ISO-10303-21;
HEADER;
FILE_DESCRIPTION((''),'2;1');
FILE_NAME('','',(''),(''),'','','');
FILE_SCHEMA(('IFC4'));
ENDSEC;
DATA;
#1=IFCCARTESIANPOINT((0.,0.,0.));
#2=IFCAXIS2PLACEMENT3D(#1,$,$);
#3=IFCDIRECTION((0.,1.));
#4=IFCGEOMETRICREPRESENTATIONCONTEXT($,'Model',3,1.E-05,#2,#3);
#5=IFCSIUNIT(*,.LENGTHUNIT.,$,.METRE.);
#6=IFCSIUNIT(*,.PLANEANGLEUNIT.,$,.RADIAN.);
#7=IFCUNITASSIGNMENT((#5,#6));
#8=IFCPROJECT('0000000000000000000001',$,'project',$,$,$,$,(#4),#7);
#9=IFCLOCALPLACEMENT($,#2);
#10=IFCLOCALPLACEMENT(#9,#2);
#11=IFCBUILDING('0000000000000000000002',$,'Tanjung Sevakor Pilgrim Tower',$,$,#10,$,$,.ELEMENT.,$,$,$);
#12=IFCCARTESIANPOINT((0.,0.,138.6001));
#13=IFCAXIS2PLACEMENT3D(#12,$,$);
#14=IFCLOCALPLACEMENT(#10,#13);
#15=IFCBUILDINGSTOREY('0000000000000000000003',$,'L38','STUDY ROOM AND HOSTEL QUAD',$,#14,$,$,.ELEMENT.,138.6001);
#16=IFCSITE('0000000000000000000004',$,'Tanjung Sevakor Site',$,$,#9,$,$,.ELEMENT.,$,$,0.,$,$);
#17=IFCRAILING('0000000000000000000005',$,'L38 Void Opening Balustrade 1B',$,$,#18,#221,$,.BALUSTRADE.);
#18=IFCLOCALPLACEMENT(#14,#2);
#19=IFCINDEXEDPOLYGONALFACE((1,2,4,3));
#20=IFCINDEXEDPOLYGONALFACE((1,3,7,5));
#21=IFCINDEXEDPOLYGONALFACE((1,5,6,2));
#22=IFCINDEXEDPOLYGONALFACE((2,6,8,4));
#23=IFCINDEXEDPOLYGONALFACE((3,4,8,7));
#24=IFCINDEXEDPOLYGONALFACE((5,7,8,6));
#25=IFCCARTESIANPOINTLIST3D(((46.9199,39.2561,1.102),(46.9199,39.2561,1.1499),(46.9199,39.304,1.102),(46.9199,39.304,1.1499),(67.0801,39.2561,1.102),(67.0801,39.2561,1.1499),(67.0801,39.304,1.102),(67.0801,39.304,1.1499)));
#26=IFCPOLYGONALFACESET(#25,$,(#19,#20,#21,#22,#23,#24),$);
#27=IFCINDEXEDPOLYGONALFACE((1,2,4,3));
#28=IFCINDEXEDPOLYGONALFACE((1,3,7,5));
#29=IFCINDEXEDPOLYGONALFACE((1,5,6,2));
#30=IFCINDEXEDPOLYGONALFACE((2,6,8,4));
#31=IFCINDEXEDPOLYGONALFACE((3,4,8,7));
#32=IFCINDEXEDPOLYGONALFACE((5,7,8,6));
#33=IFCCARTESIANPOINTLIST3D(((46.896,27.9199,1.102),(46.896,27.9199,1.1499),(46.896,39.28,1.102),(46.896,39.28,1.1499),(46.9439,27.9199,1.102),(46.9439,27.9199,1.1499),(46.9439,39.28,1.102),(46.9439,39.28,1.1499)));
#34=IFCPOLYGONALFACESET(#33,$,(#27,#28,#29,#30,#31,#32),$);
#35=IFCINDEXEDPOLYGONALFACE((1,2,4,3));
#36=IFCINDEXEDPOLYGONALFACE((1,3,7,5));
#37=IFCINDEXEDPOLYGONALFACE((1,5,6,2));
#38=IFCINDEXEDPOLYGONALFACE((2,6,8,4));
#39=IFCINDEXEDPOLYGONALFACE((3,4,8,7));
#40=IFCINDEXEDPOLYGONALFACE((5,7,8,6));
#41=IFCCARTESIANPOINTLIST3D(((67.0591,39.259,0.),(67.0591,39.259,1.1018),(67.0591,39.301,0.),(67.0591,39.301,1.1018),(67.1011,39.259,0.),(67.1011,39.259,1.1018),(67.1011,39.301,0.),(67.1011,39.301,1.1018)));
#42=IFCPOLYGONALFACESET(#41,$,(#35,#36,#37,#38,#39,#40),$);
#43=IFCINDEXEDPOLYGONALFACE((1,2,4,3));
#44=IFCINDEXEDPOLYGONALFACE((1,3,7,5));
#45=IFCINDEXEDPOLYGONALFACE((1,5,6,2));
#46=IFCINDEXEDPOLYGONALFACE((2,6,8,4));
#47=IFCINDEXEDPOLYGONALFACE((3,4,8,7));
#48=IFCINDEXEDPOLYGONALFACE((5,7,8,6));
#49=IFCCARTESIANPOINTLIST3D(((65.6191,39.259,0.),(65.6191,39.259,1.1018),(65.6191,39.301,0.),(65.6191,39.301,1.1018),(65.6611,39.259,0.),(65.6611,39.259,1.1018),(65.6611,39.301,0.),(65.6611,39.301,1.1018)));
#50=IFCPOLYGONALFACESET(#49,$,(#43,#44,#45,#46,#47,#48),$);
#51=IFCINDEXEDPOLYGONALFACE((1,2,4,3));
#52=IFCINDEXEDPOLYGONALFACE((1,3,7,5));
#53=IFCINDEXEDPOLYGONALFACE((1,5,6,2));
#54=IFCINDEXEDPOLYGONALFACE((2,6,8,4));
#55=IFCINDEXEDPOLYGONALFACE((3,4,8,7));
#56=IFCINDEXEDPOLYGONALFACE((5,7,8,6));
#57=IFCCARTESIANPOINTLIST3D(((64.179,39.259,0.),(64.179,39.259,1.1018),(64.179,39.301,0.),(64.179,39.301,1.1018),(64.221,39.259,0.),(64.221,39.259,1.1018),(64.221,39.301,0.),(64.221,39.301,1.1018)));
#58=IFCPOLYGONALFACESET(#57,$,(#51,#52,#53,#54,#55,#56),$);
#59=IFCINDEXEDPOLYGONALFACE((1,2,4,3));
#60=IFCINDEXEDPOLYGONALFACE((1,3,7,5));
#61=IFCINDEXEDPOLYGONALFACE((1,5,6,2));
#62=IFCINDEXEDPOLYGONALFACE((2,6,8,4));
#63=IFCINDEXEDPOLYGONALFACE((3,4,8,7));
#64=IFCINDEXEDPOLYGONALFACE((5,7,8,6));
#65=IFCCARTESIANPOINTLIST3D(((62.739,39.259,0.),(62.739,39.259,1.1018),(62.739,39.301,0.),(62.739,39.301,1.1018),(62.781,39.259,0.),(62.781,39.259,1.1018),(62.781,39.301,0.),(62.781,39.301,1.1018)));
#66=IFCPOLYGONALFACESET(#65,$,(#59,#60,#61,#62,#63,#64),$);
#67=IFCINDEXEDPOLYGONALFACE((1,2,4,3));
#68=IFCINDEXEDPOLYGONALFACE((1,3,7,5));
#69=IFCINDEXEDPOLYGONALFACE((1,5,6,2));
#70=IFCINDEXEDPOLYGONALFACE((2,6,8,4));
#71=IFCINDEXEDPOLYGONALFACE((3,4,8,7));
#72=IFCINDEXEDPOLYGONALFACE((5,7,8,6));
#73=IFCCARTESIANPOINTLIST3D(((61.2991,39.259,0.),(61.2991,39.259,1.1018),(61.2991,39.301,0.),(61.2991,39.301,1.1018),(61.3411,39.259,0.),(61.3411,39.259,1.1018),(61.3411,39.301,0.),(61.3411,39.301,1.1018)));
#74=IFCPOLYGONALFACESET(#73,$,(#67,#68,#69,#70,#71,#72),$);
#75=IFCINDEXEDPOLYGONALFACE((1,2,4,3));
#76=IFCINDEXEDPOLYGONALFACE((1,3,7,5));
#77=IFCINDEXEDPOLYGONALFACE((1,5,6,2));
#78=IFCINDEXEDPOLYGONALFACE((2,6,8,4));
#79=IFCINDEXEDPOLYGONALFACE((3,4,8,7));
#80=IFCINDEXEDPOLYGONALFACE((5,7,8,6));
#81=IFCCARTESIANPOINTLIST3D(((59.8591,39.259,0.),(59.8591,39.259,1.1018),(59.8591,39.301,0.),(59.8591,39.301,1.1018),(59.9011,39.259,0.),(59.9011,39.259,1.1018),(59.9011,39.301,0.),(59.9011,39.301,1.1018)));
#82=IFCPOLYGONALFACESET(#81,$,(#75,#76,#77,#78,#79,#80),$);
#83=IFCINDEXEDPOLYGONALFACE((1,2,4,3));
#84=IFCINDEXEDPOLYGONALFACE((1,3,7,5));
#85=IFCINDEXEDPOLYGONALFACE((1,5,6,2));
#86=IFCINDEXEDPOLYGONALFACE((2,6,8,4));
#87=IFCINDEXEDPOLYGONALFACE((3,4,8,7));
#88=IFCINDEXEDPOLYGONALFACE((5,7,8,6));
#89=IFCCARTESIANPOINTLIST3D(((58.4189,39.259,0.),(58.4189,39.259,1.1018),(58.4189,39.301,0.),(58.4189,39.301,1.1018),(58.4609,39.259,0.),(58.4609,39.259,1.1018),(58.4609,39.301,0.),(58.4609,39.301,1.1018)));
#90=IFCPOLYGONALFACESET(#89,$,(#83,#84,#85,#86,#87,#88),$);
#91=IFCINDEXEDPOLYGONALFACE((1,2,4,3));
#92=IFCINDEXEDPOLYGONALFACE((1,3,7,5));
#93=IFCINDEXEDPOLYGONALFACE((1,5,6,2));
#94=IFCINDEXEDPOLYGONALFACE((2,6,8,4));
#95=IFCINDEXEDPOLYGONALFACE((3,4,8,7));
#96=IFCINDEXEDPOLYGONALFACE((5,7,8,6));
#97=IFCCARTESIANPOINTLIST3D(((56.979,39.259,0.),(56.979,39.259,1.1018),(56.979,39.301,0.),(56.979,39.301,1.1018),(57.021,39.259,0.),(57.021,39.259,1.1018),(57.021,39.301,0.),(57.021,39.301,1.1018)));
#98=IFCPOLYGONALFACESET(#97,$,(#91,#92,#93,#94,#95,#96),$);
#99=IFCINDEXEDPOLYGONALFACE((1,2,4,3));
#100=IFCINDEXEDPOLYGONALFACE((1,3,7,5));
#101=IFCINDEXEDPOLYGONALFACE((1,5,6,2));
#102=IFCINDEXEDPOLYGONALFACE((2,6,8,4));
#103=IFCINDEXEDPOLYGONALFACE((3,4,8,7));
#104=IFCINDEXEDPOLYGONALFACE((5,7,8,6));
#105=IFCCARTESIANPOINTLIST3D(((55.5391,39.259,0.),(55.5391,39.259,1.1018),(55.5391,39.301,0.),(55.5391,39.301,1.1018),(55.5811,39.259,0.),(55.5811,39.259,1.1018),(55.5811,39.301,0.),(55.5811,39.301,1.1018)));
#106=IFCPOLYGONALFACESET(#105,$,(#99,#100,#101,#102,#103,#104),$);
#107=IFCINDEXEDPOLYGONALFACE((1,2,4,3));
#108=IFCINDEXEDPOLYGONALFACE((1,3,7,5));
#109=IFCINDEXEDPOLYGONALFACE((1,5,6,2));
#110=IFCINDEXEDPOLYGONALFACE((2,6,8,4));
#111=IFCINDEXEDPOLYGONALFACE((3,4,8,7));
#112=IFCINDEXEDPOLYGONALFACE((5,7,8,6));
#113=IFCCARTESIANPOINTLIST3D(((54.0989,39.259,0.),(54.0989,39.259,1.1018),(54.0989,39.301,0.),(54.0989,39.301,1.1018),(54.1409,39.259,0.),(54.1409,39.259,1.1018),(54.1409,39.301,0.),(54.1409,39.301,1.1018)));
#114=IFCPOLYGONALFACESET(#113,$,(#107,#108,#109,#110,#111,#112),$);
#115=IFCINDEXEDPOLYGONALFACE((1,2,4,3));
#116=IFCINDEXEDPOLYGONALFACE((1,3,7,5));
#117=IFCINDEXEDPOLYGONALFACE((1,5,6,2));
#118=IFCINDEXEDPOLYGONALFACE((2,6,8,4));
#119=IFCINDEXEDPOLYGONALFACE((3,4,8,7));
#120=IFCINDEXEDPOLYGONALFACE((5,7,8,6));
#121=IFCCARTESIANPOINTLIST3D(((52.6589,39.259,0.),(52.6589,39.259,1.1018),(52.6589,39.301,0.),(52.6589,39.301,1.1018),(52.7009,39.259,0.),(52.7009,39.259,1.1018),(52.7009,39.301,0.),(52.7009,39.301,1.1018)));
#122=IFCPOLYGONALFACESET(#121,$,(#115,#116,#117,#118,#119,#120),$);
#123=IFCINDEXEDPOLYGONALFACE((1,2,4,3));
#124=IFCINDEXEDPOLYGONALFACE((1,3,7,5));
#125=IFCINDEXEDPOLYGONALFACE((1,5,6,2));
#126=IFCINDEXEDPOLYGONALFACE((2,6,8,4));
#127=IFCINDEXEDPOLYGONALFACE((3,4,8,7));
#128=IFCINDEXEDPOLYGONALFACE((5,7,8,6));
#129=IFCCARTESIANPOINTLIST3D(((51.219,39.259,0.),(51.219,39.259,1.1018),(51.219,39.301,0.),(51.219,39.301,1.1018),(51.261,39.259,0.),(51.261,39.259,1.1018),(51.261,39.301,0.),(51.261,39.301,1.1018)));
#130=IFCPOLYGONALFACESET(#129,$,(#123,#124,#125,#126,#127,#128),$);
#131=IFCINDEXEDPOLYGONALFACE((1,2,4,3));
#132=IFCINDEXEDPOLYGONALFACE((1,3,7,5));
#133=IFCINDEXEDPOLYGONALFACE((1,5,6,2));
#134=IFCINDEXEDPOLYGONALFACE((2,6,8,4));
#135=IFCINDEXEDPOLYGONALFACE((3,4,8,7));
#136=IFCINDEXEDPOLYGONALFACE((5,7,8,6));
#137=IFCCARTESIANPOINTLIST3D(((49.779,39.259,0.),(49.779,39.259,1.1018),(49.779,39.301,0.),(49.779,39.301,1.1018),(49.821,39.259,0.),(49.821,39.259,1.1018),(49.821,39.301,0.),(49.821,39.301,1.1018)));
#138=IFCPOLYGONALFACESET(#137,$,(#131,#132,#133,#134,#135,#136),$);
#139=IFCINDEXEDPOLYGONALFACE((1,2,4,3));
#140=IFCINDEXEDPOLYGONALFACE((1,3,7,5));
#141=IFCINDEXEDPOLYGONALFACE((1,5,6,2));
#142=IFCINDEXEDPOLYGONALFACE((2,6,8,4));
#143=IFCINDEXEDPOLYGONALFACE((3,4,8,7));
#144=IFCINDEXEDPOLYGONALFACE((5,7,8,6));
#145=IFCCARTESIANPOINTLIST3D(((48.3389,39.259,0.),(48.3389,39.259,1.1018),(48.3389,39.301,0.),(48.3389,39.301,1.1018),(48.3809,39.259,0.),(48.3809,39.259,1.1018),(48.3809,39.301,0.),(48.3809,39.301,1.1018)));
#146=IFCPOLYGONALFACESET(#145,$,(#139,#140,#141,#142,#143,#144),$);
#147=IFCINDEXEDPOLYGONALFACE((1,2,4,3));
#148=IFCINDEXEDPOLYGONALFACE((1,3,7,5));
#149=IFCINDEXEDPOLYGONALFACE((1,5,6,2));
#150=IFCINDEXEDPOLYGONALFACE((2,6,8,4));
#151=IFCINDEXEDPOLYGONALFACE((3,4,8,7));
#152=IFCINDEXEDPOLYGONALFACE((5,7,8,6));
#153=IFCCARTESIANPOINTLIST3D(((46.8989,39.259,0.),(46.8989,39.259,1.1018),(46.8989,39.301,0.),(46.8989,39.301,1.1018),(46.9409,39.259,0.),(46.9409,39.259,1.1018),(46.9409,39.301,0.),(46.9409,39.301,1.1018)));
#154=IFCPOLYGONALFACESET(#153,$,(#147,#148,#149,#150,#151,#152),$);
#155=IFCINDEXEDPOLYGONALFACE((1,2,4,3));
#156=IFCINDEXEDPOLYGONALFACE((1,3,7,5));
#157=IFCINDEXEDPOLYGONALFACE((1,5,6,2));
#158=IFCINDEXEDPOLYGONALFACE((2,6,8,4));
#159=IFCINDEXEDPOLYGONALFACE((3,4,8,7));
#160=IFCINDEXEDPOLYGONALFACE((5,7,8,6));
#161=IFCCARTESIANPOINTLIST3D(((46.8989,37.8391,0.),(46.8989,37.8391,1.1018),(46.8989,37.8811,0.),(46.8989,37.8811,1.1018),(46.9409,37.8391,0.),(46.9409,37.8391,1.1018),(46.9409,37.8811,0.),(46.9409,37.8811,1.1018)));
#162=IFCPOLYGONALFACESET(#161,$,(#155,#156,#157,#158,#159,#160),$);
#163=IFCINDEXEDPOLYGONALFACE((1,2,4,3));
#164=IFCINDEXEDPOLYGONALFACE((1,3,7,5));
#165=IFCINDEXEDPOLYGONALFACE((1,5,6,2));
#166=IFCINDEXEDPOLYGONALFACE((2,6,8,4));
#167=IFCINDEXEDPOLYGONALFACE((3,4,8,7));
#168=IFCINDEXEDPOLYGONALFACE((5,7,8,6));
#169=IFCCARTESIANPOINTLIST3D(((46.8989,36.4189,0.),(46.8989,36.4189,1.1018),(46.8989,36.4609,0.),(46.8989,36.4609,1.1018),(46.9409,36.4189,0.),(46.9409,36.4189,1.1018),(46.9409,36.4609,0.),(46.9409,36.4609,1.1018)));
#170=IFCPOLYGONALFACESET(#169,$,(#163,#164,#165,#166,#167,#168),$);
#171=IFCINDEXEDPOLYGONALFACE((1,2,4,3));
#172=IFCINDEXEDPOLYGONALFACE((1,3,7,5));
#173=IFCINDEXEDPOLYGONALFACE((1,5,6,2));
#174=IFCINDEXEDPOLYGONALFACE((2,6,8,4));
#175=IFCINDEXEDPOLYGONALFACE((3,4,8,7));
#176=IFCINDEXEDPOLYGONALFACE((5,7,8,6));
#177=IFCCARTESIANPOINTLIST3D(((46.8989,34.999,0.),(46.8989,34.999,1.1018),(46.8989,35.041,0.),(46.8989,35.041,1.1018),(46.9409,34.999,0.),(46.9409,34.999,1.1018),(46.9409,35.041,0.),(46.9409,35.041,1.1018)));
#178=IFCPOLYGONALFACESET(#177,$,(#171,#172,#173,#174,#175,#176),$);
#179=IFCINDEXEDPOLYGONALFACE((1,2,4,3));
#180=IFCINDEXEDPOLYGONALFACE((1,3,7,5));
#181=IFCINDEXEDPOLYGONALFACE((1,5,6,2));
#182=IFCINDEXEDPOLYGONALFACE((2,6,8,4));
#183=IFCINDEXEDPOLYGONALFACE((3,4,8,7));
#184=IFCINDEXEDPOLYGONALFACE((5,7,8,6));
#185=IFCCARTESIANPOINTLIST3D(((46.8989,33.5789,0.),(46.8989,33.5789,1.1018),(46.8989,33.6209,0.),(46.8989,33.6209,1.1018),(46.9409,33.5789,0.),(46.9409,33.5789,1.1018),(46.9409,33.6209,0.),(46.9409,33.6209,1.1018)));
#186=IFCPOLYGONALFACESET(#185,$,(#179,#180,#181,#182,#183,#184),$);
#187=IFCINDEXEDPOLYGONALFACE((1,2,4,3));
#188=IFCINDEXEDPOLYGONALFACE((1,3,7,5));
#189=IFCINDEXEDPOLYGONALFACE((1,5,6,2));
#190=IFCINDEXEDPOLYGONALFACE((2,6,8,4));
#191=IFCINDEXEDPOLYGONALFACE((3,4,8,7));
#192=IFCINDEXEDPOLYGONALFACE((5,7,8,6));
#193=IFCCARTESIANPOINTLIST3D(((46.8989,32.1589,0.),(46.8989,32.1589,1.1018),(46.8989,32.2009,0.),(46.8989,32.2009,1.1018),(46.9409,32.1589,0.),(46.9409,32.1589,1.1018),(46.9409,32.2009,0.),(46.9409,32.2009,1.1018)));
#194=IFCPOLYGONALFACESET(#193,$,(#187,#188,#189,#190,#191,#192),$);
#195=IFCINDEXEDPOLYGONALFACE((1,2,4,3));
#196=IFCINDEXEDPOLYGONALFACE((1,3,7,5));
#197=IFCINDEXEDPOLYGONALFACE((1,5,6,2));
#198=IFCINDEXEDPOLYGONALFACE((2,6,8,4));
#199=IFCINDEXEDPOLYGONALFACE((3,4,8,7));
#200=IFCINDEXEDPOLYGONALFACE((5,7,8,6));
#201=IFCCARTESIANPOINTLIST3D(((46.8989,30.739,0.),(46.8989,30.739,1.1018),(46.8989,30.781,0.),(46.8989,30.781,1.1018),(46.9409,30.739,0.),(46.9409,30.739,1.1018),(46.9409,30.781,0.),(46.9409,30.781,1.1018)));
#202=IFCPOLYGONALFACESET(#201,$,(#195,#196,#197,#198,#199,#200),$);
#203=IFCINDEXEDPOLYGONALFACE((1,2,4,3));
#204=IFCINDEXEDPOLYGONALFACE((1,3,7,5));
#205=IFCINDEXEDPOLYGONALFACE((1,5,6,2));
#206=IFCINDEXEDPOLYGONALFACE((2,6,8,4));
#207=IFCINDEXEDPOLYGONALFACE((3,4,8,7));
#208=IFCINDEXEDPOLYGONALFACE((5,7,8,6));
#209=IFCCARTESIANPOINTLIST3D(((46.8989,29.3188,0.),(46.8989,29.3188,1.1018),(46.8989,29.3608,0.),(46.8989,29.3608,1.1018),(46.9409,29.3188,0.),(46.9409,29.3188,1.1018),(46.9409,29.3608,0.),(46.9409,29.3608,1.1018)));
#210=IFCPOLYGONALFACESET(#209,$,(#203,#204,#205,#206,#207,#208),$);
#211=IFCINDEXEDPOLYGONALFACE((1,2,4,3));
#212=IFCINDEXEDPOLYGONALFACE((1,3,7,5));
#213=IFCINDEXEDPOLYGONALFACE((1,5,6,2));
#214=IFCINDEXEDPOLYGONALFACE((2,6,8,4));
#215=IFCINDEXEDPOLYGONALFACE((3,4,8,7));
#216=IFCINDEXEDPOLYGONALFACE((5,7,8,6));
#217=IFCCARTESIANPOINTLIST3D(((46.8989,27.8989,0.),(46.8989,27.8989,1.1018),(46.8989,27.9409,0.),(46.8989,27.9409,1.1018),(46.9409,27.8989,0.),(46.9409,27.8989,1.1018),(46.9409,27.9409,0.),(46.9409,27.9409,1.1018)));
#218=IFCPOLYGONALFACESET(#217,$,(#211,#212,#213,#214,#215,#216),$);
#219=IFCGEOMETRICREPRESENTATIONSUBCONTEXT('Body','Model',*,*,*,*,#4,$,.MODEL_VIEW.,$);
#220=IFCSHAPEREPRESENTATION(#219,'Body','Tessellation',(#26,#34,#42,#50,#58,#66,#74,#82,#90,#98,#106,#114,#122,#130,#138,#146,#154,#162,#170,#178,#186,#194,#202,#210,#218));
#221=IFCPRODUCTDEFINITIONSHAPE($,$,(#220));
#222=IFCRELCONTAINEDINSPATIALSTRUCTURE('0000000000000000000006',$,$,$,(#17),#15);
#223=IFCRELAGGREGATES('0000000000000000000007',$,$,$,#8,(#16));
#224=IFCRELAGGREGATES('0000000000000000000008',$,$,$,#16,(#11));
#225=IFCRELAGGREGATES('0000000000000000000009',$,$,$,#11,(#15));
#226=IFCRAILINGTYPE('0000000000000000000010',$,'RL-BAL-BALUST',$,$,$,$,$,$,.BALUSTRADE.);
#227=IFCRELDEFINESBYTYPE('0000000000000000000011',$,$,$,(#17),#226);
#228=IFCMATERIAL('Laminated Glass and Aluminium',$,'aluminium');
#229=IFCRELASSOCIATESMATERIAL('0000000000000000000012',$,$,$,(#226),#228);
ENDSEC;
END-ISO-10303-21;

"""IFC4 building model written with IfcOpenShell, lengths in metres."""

from ifc_helpers import new_model, si_unit, direction, frame, origin, place, context, subcontext, project, spatial, rectangle, extrude, material, type_object, element, save


model = new_model("IFC4")

# Units and contexts
model_context = context("Model", 3, precision=1e-05, world=origin(), true_north=direction((0.0, 1.0)))
body_context = subcontext(model_context, "Body", "Model", "MODEL_VIEW")
ifc_project = project(units=[si_unit("LENGTHUNIT", "METRE"), si_unit("PLANEANGLEUNIT", "RADIAN")], contexts=[model_context])

# Site, building, storey
site_placement = place(None, origin())
site = spatial("IfcSite", under=ifc_project, at=site_placement, Name="Tanjung Sevakor Site", CompositionType="ELEMENT", RefElevation=0.0)
building_placement = place(site_placement, origin())
building = spatial("IfcBuilding", under=site, at=building_placement, Name="Tanjung Sevakor Pilgrim Tower", CompositionType="ELEMENT")
storey_placement = place(building_placement, frame((0.0, 0.0, 138.6001)))
storey = spatial("IfcBuildingStorey", under=building, at=storey_placement, Name="L38", Description="STUDY ROOM AND HOSTEL QUAD", CompositionType="ELEMENT", Elevation=138.6001)

# Railing
ifc_material_1 = material(Name="Laminated Glass and Aluminium", Category="aluminium")
railing_type = type_object("IfcRailingType", Name="RL-BAL-BALUST", PredefinedType="BALUSTRADE", material=ifc_material_1)
railing_1_placement = place(storey_placement, frame((67.0801, 39.28, 0.0)))
element("IfcRailing", 1, at=railing_1_placement, inside=storey, type_object=railing_type, Name="L38 Void Opening Balustrade 1B", PredefinedType="BALUSTRADE", context=body_context, shape_type="SweptSolid", body=[
    extrude(rectangle(XDim=0.0479, YDim=0.0479), frame((0.0, 0.0, 1.126), z_axis=(-1.0, 0.0, 0.0), x_axis=(0.0, -1.0, 0.0)), (0.0, 0.0, 1.0), 20.1602),
    extrude(rectangle(XDim=0.0479, YDim=0.0479), frame((-20.1602, 0.0, 1.126), z_axis=(0.0, -1.0, 0.0), x_axis=(1.0, 0.0, 0.0)), (0.0, 0.0, 1.0), 11.3601),
    extrude(rectangle(XDim=0.042, YDim=0.042), origin(), (0.0, 0.0, 1.0), 1.1018),
    extrude(rectangle(XDim=0.042, YDim=0.042), frame((-1.4399, 0.0, 0.0)), (0.0, 0.0, 1.0), 1.1018),
    extrude(rectangle(XDim=0.042, YDim=0.042), frame((-2.8801, 0.0, 0.0)), (0.0, 0.0, 1.0), 1.1018),
    extrude(rectangle(XDim=0.042, YDim=0.042), frame((-4.3201, 0.0, 0.0)), (0.0, 0.0, 1.0), 1.1018),
    extrude(rectangle(XDim=0.042, YDim=0.042), frame((-5.76, 0.0, 0.0)), (0.0, 0.0, 1.0), 1.1018),
    extrude(rectangle(XDim=0.042, YDim=0.042), frame((-7.2, 0.0, 0.0)), (0.0, 0.0, 1.0), 1.1018),
    extrude(rectangle(XDim=0.042, YDim=0.042), frame((-8.6401, 0.0, 0.0)), (0.0, 0.0, 1.0), 1.1018),
    extrude(rectangle(XDim=0.042, YDim=0.042), frame((-10.0801, 0.0, 0.0)), (0.0, 0.0, 1.0), 1.1018),
    extrude(rectangle(XDim=0.042, YDim=0.042), frame((-11.52, 0.0, 0.0)), (0.0, 0.0, 1.0), 1.1018),
    extrude(rectangle(XDim=0.042, YDim=0.042), frame((-12.9602, 0.0, 0.0)), (0.0, 0.0, 1.0), 1.1018),
    extrude(rectangle(XDim=0.042, YDim=0.042), frame((-14.4001, 0.0, 0.0)), (0.0, 0.0, 1.0), 1.1018),
    extrude(rectangle(XDim=0.042, YDim=0.042), frame((-15.8401, 0.0, 0.0)), (0.0, 0.0, 1.0), 1.1018),
    extrude(rectangle(XDim=0.042, YDim=0.042), frame((-17.28, 0.0, 0.0)), (0.0, 0.0, 1.0), 1.1018),
    extrude(rectangle(XDim=0.042, YDim=0.042), frame((-18.7202, 0.0, 0.0)), (0.0, 0.0, 1.0), 1.1018),
    extrude(rectangle(XDim=0.042, YDim=0.042), frame((-20.1602, 0.0, 0.0)), (0.0, 0.0, 1.0), 1.1018),
    extrude(rectangle(XDim=0.042, YDim=0.042), frame((-20.1602, -1.4199, 0.0)), (0.0, 0.0, 1.0), 1.1018),
    extrude(rectangle(XDim=0.042, YDim=0.042), frame((-20.1602, -2.8401, 0.0)), (0.0, 0.0, 1.0), 1.1018),
    extrude(rectangle(XDim=0.042, YDim=0.042), frame((-20.1602, -4.26, 0.0)), (0.0, 0.0, 1.0), 1.1018),
    extrude(rectangle(XDim=0.042, YDim=0.042), frame((-20.1602, -5.6802, 0.0)), (0.0, 0.0, 1.0), 1.1018),
    extrude(rectangle(XDim=0.042, YDim=0.042), frame((-20.1602, -7.1001, 0.0)), (0.0, 0.0, 1.0), 1.1018),
    extrude(rectangle(XDim=0.042, YDim=0.042), frame((-20.1602, -8.52, 0.0)), (0.0, 0.0, 1.0), 1.1018),
    extrude(rectangle(XDim=0.042, YDim=0.042), frame((-20.1602, -9.9402, 0.0)), (0.0, 0.0, 1.0), 1.1018),
    extrude(rectangle(XDim=0.042, YDim=0.042), frame((-20.1602, -11.3601, 0.0)), (0.0, 0.0, 1.0), 1.1018),
])

save(model, "model.ifc")
